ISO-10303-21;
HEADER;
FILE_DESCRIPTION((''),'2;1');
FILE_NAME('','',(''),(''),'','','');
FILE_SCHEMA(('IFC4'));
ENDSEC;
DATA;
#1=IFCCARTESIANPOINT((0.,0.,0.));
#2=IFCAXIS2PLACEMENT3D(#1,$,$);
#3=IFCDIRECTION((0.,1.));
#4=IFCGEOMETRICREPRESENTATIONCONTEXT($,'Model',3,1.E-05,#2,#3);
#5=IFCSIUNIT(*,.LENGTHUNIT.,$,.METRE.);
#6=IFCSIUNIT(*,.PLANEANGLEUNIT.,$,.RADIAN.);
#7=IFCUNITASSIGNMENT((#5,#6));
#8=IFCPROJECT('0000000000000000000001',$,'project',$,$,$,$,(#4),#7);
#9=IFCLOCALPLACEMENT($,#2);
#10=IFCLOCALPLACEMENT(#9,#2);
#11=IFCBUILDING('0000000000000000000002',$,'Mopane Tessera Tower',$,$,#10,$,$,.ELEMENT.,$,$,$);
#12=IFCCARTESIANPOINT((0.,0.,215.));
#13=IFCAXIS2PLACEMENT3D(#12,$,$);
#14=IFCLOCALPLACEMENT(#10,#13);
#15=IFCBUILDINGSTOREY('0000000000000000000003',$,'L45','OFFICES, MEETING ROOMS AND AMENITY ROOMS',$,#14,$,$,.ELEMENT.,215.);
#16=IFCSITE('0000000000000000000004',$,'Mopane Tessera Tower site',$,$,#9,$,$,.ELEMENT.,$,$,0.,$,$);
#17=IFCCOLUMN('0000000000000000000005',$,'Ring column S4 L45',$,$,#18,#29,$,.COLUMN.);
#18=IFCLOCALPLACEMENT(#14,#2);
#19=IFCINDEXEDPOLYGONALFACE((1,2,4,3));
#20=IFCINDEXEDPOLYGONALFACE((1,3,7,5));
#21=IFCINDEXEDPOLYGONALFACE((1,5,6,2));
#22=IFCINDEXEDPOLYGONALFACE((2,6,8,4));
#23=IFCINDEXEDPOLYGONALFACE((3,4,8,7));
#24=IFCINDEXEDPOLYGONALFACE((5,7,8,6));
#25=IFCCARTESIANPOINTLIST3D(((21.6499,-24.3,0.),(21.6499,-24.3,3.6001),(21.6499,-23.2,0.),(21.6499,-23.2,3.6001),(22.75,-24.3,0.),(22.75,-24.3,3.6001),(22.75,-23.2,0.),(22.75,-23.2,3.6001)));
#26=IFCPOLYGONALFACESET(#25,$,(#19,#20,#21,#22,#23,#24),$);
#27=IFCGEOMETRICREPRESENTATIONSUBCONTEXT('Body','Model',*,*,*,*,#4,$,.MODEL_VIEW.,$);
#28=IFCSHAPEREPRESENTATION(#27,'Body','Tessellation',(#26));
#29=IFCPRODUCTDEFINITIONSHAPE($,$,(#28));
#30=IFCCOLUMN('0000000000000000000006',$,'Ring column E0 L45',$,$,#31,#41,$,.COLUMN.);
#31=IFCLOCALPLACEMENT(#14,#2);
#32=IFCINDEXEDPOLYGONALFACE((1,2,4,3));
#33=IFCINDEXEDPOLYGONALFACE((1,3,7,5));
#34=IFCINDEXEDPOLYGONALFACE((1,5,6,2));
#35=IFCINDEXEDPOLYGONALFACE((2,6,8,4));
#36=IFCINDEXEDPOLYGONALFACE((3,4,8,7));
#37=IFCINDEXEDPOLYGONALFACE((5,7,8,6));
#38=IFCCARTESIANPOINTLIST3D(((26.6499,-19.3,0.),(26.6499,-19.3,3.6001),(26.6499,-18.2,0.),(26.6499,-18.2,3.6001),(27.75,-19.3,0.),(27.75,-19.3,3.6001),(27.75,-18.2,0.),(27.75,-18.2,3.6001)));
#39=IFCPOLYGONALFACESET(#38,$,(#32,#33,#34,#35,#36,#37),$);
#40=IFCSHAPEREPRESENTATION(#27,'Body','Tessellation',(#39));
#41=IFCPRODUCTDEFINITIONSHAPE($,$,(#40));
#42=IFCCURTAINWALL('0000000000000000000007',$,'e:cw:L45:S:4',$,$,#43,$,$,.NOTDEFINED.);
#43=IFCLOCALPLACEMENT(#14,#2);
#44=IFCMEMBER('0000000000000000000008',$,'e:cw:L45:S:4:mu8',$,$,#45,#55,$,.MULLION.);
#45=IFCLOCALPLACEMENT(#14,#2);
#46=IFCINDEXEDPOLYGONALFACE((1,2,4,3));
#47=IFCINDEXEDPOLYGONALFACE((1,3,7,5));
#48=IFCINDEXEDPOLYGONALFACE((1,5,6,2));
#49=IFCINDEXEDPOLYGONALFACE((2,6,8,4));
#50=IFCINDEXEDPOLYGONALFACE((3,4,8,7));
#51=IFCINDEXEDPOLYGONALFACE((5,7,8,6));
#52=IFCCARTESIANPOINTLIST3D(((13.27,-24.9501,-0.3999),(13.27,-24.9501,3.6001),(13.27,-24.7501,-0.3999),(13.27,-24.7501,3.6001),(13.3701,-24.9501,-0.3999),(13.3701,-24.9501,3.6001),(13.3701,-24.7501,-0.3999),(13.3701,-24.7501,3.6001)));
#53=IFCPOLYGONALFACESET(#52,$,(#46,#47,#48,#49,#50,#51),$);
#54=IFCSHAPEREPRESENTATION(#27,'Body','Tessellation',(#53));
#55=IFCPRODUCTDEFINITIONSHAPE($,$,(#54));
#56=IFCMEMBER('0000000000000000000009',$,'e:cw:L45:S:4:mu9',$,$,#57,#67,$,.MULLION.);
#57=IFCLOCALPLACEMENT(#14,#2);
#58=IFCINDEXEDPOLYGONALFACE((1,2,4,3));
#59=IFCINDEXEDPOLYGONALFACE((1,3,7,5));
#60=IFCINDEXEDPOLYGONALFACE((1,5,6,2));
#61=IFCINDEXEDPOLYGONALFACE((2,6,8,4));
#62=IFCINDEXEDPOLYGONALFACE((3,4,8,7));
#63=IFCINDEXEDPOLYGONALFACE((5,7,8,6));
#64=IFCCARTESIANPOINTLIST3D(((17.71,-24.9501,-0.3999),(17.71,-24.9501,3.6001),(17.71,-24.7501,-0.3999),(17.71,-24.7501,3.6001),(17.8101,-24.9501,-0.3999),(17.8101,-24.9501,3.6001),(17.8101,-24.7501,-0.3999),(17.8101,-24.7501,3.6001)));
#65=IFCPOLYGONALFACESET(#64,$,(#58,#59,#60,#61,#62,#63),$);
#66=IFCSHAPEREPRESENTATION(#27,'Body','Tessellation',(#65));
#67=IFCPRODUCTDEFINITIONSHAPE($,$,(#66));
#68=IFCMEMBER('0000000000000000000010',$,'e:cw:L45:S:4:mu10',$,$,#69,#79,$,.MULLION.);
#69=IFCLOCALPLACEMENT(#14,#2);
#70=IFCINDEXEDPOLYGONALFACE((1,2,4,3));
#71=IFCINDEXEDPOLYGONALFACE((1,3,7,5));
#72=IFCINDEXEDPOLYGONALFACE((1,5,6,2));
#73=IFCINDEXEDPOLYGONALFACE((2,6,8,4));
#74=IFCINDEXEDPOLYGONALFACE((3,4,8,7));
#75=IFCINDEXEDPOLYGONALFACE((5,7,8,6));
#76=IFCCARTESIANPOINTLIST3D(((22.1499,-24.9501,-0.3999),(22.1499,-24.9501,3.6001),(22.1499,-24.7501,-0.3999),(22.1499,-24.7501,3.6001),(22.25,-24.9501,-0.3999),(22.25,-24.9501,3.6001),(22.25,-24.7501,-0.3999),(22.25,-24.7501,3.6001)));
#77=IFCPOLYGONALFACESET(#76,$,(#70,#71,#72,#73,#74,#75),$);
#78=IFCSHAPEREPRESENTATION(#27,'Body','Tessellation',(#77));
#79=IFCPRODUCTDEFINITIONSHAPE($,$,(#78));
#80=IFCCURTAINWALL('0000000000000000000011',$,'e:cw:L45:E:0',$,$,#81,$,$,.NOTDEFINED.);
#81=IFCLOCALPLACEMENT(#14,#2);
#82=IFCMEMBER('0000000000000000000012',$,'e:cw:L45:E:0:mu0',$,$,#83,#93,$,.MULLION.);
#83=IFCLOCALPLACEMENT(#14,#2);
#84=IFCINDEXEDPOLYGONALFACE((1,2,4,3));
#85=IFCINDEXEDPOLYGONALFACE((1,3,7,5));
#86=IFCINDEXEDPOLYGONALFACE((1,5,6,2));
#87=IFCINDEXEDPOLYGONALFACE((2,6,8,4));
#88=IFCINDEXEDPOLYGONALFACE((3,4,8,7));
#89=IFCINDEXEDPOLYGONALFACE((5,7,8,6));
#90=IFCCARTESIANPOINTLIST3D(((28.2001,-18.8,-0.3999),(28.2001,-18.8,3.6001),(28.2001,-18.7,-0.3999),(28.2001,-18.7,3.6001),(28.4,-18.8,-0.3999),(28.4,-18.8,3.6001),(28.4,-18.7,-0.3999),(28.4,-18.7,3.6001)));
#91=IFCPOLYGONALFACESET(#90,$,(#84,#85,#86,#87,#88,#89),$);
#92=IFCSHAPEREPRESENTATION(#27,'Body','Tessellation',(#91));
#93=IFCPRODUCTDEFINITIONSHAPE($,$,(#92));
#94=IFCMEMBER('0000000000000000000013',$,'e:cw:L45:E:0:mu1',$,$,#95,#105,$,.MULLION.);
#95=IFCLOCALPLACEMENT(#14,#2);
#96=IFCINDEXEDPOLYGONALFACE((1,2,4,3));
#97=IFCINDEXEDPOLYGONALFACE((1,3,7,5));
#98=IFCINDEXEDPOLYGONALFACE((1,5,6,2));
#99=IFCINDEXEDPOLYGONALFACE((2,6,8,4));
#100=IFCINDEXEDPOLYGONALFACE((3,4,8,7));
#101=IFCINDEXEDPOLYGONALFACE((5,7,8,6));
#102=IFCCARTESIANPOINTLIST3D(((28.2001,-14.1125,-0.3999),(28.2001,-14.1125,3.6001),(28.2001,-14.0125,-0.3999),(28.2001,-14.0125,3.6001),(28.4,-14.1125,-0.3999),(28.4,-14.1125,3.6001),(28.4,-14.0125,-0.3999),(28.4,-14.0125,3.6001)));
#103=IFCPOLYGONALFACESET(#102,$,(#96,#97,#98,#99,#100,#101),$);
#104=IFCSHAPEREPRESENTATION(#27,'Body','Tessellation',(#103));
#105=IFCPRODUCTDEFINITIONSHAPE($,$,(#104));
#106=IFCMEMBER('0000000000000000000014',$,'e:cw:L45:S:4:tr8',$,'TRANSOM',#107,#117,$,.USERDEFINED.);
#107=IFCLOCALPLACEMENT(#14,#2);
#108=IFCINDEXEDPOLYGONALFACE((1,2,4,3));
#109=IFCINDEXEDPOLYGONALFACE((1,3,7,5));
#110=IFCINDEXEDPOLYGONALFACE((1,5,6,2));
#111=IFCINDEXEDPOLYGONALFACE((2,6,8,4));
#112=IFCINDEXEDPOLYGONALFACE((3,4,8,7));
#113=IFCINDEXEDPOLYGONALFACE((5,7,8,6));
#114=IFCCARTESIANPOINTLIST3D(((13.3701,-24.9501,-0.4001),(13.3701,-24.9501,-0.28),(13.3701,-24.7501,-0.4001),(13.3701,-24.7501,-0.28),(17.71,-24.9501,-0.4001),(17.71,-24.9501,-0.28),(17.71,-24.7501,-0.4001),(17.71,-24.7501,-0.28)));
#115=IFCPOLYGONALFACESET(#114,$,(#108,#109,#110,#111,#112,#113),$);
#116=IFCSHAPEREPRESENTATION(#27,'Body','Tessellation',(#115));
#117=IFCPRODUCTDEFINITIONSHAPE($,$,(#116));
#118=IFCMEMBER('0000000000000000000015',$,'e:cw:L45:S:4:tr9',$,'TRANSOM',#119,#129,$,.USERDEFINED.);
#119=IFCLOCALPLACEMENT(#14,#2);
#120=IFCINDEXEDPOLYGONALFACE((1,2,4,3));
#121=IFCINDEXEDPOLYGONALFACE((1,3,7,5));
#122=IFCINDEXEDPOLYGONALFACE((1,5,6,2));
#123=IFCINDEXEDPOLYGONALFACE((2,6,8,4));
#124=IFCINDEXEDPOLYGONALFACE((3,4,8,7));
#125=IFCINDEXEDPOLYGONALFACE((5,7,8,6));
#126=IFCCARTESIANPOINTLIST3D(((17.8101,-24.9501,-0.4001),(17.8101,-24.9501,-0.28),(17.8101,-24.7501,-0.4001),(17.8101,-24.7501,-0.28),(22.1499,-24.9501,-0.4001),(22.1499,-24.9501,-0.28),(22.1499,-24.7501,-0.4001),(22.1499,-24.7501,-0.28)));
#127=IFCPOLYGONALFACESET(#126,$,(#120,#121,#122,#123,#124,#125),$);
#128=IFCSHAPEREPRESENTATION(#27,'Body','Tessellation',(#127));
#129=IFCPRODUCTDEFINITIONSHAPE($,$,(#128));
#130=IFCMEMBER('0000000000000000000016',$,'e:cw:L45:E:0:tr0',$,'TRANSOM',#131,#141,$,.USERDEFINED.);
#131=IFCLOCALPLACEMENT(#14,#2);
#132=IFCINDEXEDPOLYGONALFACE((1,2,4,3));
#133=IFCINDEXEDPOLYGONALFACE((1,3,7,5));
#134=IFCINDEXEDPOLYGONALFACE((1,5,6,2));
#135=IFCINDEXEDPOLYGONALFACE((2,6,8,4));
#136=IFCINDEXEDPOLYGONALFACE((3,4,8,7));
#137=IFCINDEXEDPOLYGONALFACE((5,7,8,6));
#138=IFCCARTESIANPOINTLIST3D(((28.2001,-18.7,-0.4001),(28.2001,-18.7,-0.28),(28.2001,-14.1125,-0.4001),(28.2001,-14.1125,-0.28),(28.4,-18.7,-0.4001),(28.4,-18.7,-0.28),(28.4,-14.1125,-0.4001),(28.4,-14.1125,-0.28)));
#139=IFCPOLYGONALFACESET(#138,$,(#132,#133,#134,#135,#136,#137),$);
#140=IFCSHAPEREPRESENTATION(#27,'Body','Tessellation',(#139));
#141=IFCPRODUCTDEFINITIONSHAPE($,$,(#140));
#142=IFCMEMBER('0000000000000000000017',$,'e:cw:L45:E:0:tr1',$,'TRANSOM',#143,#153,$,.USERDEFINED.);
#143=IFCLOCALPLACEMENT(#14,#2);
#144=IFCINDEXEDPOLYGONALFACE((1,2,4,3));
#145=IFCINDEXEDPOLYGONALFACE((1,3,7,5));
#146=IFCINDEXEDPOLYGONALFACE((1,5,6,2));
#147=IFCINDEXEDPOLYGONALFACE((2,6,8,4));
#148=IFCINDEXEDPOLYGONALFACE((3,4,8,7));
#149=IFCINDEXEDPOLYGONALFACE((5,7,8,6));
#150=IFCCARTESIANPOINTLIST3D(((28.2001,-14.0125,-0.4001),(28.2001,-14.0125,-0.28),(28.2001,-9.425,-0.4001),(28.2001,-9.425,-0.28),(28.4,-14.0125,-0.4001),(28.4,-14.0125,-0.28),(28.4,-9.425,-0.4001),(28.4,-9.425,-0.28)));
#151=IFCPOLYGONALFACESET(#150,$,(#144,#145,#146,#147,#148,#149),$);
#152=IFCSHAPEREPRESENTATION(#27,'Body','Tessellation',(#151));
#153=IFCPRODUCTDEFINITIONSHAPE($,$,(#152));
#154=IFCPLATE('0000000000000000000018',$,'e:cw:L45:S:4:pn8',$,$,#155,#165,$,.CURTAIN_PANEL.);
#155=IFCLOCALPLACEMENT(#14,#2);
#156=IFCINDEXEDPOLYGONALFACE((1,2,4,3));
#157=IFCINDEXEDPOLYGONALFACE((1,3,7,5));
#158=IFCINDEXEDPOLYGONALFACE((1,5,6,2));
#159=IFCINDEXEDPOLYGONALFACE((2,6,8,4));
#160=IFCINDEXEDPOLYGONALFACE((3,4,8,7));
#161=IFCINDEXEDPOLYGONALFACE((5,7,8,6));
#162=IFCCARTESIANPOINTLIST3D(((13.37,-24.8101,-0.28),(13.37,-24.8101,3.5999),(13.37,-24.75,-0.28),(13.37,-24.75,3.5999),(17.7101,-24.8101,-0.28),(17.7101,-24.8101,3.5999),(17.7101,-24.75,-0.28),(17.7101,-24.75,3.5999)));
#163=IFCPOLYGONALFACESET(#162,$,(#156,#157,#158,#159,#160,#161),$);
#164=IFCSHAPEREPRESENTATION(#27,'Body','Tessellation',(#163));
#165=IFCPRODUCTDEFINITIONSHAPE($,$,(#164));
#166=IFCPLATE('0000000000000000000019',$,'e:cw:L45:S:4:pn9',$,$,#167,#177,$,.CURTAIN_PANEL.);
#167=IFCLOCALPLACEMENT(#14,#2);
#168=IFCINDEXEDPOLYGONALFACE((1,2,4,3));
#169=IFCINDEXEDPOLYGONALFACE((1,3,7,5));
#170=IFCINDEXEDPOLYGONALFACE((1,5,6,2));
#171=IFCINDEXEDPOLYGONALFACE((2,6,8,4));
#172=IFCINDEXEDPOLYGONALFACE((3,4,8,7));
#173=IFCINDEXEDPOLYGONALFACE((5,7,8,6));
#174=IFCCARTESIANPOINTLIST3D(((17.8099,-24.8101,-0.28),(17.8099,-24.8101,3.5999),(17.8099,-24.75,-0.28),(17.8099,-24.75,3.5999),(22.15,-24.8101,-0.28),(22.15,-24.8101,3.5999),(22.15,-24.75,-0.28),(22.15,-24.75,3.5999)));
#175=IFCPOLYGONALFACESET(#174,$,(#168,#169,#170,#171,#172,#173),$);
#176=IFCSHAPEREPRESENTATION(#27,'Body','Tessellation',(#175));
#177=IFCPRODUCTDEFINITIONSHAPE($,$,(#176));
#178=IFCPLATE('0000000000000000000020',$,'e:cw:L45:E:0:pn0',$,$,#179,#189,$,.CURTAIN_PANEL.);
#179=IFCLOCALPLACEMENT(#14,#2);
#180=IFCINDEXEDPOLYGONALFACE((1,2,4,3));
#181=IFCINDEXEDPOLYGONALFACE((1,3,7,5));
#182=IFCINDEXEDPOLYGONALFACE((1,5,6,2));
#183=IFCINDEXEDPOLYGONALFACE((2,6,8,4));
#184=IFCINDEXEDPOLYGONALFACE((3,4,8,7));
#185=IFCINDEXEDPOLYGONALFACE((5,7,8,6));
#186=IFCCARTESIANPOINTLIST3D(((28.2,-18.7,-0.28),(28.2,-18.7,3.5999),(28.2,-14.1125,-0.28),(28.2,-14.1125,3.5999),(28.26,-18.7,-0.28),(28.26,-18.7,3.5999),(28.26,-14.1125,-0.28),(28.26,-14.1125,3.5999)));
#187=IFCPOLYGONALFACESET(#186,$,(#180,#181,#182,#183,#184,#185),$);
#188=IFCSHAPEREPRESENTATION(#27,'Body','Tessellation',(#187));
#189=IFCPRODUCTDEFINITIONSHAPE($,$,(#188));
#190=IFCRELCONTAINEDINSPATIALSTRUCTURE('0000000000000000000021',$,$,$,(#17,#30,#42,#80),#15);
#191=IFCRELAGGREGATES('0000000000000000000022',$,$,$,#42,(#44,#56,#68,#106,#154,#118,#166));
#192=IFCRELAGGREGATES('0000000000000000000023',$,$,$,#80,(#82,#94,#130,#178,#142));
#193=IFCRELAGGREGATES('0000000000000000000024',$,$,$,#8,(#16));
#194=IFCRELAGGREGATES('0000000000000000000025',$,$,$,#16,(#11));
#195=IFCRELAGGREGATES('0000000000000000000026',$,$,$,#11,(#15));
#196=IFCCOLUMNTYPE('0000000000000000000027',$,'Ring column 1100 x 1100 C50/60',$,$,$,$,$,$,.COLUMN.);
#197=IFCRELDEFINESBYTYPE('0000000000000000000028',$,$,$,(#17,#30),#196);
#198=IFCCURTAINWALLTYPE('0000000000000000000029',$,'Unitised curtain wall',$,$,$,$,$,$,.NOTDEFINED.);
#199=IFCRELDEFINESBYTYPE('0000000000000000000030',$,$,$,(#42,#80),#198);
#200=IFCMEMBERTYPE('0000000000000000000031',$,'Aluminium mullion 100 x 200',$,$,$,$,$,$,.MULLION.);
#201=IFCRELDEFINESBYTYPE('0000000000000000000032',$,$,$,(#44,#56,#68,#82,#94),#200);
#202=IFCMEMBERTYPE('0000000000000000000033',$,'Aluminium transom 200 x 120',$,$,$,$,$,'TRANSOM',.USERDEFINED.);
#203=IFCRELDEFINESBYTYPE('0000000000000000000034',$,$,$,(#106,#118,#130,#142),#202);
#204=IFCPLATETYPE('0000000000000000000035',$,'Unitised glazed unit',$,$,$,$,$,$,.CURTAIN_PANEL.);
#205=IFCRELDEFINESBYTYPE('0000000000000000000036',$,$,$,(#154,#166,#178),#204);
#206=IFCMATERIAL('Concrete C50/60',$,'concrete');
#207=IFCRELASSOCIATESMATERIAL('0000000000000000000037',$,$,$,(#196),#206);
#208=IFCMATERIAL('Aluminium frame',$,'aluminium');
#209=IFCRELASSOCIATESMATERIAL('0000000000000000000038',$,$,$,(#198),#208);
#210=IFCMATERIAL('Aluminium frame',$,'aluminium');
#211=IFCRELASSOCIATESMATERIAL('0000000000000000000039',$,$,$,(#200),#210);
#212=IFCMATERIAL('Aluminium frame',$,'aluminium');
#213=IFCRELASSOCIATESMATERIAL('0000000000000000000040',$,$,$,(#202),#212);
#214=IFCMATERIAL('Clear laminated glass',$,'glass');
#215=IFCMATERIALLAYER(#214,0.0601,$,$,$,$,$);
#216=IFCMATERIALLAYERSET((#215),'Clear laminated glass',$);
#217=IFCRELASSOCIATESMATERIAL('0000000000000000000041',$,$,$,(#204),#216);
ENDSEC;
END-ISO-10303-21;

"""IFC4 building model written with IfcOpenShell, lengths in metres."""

from ifc_helpers import new_model, si_unit, direction, frame, origin, origin_2d, place, context, subcontext, project, spatial, rectangle, extrude, material, layer, layer_set, material_profile, profile_set, type_object, element, aggregate, save


model = new_model("IFC4")

# Units and contexts
model_context = context("Model", 3, precision=1e-05, world=origin(), true_north=direction((0.0, 1.0)))
body_context = subcontext(model_context, "Body", "Model", "MODEL_VIEW")
ifc_project = project(units=[si_unit("LENGTHUNIT", "METRE"), si_unit("PLANEANGLEUNIT", "RADIAN")], contexts=[model_context])

# Site, building, storey
site_placement = place(None, origin())
site = spatial("IfcSite", under=ifc_project, at=site_placement, Name="Mopane Tessera Tower site", CompositionType="ELEMENT", RefElevation=0.0)
building_placement = place(site_placement, origin())
building = spatial("IfcBuilding", under=site, at=building_placement, Name="Mopane Tessera Tower", CompositionType="ELEMENT")
storey_placement = place(building_placement, frame((0.0, 0.0, 215.0)))
storey = spatial("IfcBuildingStorey", under=building, at=storey_placement, Name="L45", Description="OFFICES, MEETING ROOMS AND AMENITY ROOMS", CompositionType="ELEMENT", Elevation=215.0)

# Columns
ifc_material_1 = material(Name="Concrete C50/60", Category="concrete")
ifc_material_profile_1 = material_profile(ifc_material_1, rectangle(XDim=1.1001, YDim=1.1001, at=origin_2d()))
ifc_profile_set_1 = profile_set([ifc_material_profile_1], Name="Concrete C50/60")
column_type = type_object("IfcColumnType", Name="Ring column 1100 x 1100 C50/60", PredefinedType="COLUMN", material=ifc_profile_set_1)
for number, where, z_axis, x_axis, name in (
    (1, (22.2, -23.75, 0.0), (0.0, 0.0, 1.0), (1.0, 0.0, 0.0), "Ring column S4 L45"),
    (2, (27.2, -18.75, 0.0), (0.0, 0.0, 1.0), (1.0, 0.0, 0.0), "Ring column E0 L45"),
):
    element("IfcColumn", number, at=place(storey_placement, frame(where, z_axis=z_axis, x_axis=x_axis)), inside=storey, type_object=column_type, Name=name, PredefinedType="COLUMN", context=body_context, shape_type="SweptSolid", body=[
        extrude(rectangle(XDim=1.1001, YDim=1.1001, at=origin_2d()), origin(), (0.0, 0.0, 1.0), 3.6001),
    ])

# Curtain walls, members
ifc_material_2 = material(Name="Aluminium frame", Category="aluminium")
curtain_wall_type = type_object("IfcCurtainWallType", Name="Unitised curtain wall", PredefinedType="NOTDEFINED", material=ifc_material_2)
curtain_wall_1_placement = place(storey_placement, origin())
curtain_wall_1 = element("IfcCurtainWall", 3, at=curtain_wall_1_placement, inside=storey, type_object=curtain_wall_type, Name="e:cw:L45:S:4", PredefinedType="NOTDEFINED")
ifc_material_3 = material(Name="Aluminium frame", Category="aluminium")
ifc_material_profile_2 = material_profile(ifc_material_3, rectangle(XDim=0.1001, YDim=0.2, at=origin_2d()))
ifc_profile_set_2 = profile_set([ifc_material_profile_2], Name="Aluminium frame")
member_type_1 = type_object("IfcMemberType", Name="Aluminium mullion 100 x 200", PredefinedType="MULLION", material=ifc_profile_set_2)
member_1_placement = place(storey_placement, frame((13.3201, -24.8501, -0.3999), z_axis=(0.0, 0.0, 1.0), x_axis=(1.0, 0.0, 0.0)))
member_1 = element("IfcMember", 4, at=member_1_placement, type_object=member_type_1, Name="e:cw:L45:S:4:mu8", PredefinedType="MULLION", context=body_context, shape_type="SweptSolid", body=[
    extrude(rectangle(XDim=0.1001, YDim=0.2, at=origin_2d()), origin(), (0.0, 0.0, 1.0), 4.0),
])
member_2_placement = place(storey_placement, frame((17.76, -24.8501, -0.3999), z_axis=(0.0, 0.0, 1.0), x_axis=(1.0, 0.0, 0.0)))
member_2 = element("IfcMember", 5, at=member_2_placement, type_object=member_type_1, Name="e:cw:L45:S:4:mu9", PredefinedType="MULLION", context=body_context, shape_type="SweptSolid", body=[
    extrude(rectangle(XDim=0.1001, YDim=0.2, at=origin_2d()), origin(), (0.0, 0.0, 1.0), 4.0),
])
member_3_placement = place(storey_placement, frame((22.2, -24.8501, -0.3999), z_axis=(0.0, 0.0, 1.0), x_axis=(1.0, 0.0, 0.0)))
member_3 = element("IfcMember", 6, at=member_3_placement, type_object=member_type_1, Name="e:cw:L45:S:4:mu10", PredefinedType="MULLION", context=body_context, shape_type="SweptSolid", body=[
    extrude(rectangle(XDim=0.1001, YDim=0.2, at=origin_2d()), origin(), (0.0, 0.0, 1.0), 4.0),
])
curtain_wall_2_placement = place(storey_placement, origin())
curtain_wall_2 = element("IfcCurtainWall", 7, at=curtain_wall_2_placement, inside=storey, type_object=curtain_wall_type, Name="e:cw:L45:E:0", PredefinedType="NOTDEFINED")
member_4_placement = place(storey_placement, frame((28.3, -18.75, -0.3999), z_axis=(0.0, 0.0, 1.0), x_axis=(0.0, 1.0, 0.0)))
member_4 = element("IfcMember", 8, at=member_4_placement, type_object=member_type_1, Name="e:cw:L45:E:0:mu0", PredefinedType="MULLION", context=body_context, shape_type="SweptSolid", body=[
    extrude(rectangle(XDim=0.1001, YDim=0.2, at=origin_2d()), origin(), (0.0, 0.0, 1.0), 4.0),
])
member_5_placement = place(storey_placement, frame((28.3, -14.0625, -0.3999), z_axis=(0.0, 0.0, 1.0), x_axis=(0.0, 1.0, 0.0)))
member_5 = element("IfcMember", 9, at=member_5_placement, type_object=member_type_1, Name="e:cw:L45:E:0:mu1", PredefinedType="MULLION", context=body_context, shape_type="SweptSolid", body=[
    extrude(rectangle(XDim=0.1001, YDim=0.2, at=origin_2d()), origin(), (0.0, 0.0, 1.0), 4.0),
])

# Members
ifc_material_4 = material(Name="Aluminium frame", Category="aluminium")
ifc_material_profile_3 = material_profile(ifc_material_4, rectangle(XDim=0.2, YDim=0.1201, at=origin_2d()))
ifc_profile_set_3 = profile_set([ifc_material_profile_3], Name="Aluminium frame")
member_type_2 = type_object("IfcMemberType", Name="Aluminium transom 200 x 120", ElementType="TRANSOM", PredefinedType="USERDEFINED", material=ifc_profile_set_3)
member_6_placement = place(storey_placement, frame((13.3701, -24.8501, -0.3401), z_axis=(1.0, 0.0, 0.0), x_axis=(0.0, 1.0, 0.0)))
member_6 = element("IfcMember", 10, at=member_6_placement, type_object=member_type_2, Name="e:cw:L45:S:4:tr8", ObjectType="TRANSOM", PredefinedType="USERDEFINED", context=body_context, shape_type="SweptSolid", body=[
    extrude(rectangle(XDim=0.2, YDim=0.1201, at=origin_2d()), origin(), (0.0, 0.0, 1.0), 4.3398),
])
member_7_placement = place(storey_placement, frame((17.8101, -24.8501, -0.3401), z_axis=(1.0, 0.0, 0.0), x_axis=(0.0, 1.0, 0.0)))
member_7 = element("IfcMember", 11, at=member_7_placement, type_object=member_type_2, Name="e:cw:L45:S:4:tr9", ObjectType="TRANSOM", PredefinedType="USERDEFINED", context=body_context, shape_type="SweptSolid", body=[
    extrude(rectangle(XDim=0.2, YDim=0.1201, at=origin_2d()), origin(), (0.0, 0.0, 1.0), 4.3398),
])
member_8_placement = place(storey_placement, frame((28.3, -18.7, -0.3401), z_axis=(0.0, 1.0, 0.0), x_axis=(-1.0, 0.0, 0.0)))
member_8 = element("IfcMember", 12, at=member_8_placement, type_object=member_type_2, Name="e:cw:L45:E:0:tr0", ObjectType="TRANSOM", PredefinedType="USERDEFINED", context=body_context, shape_type="SweptSolid", body=[
    extrude(rectangle(XDim=0.2, YDim=0.1201, at=origin_2d()), origin(), (0.0, 0.0, 1.0), 4.5874),
])
member_9_placement = place(storey_placement, frame((28.3, -14.0125, -0.3401), z_axis=(0.0, 1.0, 0.0), x_axis=(-1.0, 0.0, 0.0)))
member_9 = element("IfcMember", 13, at=member_9_placement, type_object=member_type_2, Name="e:cw:L45:E:0:tr1", ObjectType="TRANSOM", PredefinedType="USERDEFINED", context=body_context, shape_type="SweptSolid", body=[
    extrude(rectangle(XDim=0.2, YDim=0.1201, at=origin_2d()), origin(), (0.0, 0.0, 1.0), 4.5874),
])

# Plates
ifc_material_5 = material(Name="Clear laminated glass", Category="glass")
ifc_layer = layer(ifc_material_5, 0.0601)
ifc_layer_set = layer_set([ifc_layer], Name="Clear laminated glass")
plate_type = type_object("IfcPlateType", Name="Unitised glazed unit", PredefinedType="CURTAIN_PANEL", material=ifc_layer_set)
plate_1_placement = place(storey_placement, frame((15.54, -24.78, -0.28), z_axis=(0.0, 0.0, 1.0), x_axis=(1.0, 0.0, 0.0)))
plate_1 = element("IfcPlate", 14, at=plate_1_placement, type_object=plate_type, Name="e:cw:L45:S:4:pn8", PredefinedType="CURTAIN_PANEL", context=body_context, shape_type="SweptSolid", body=[
    extrude(rectangle(XDim=4.3401, YDim=0.0601, at=origin_2d()), origin(), (0.0, 0.0, 1.0), 3.8799),
])
plate_2_placement = place(storey_placement, frame((19.98, -24.78, -0.28), z_axis=(0.0, 0.0, 1.0), x_axis=(1.0, 0.0, 0.0)))
plate_2 = element("IfcPlate", 15, at=plate_2_placement, type_object=plate_type, Name="e:cw:L45:S:4:pn9", PredefinedType="CURTAIN_PANEL", context=body_context, shape_type="SweptSolid", body=[
    extrude(rectangle(XDim=4.3401, YDim=0.0601, at=origin_2d()), origin(), (0.0, 0.0, 1.0), 3.8799),
])
aggregate(curtain_wall_1, [member_1, member_2, member_3, member_6, plate_1, member_7, plate_2])
plate_3_placement = place(storey_placement, frame((28.23, -16.4062, -0.28), z_axis=(0.0, 0.0, 1.0), x_axis=(0.0, 1.0, 0.0)))
plate_3 = element("IfcPlate", 16, at=plate_3_placement, type_object=plate_type, Name="e:cw:L45:E:0:pn0", PredefinedType="CURTAIN_PANEL", context=body_context, shape_type="SweptSolid", body=[
    extrude(rectangle(XDim=4.5874, YDim=0.0601, at=origin_2d()), origin(), (0.0, 0.0, 1.0), 3.8799),
])
aggregate(curtain_wall_2, [member_4, member_5, member_8, plate_3, member_9])

save(model, "model.ifc")
